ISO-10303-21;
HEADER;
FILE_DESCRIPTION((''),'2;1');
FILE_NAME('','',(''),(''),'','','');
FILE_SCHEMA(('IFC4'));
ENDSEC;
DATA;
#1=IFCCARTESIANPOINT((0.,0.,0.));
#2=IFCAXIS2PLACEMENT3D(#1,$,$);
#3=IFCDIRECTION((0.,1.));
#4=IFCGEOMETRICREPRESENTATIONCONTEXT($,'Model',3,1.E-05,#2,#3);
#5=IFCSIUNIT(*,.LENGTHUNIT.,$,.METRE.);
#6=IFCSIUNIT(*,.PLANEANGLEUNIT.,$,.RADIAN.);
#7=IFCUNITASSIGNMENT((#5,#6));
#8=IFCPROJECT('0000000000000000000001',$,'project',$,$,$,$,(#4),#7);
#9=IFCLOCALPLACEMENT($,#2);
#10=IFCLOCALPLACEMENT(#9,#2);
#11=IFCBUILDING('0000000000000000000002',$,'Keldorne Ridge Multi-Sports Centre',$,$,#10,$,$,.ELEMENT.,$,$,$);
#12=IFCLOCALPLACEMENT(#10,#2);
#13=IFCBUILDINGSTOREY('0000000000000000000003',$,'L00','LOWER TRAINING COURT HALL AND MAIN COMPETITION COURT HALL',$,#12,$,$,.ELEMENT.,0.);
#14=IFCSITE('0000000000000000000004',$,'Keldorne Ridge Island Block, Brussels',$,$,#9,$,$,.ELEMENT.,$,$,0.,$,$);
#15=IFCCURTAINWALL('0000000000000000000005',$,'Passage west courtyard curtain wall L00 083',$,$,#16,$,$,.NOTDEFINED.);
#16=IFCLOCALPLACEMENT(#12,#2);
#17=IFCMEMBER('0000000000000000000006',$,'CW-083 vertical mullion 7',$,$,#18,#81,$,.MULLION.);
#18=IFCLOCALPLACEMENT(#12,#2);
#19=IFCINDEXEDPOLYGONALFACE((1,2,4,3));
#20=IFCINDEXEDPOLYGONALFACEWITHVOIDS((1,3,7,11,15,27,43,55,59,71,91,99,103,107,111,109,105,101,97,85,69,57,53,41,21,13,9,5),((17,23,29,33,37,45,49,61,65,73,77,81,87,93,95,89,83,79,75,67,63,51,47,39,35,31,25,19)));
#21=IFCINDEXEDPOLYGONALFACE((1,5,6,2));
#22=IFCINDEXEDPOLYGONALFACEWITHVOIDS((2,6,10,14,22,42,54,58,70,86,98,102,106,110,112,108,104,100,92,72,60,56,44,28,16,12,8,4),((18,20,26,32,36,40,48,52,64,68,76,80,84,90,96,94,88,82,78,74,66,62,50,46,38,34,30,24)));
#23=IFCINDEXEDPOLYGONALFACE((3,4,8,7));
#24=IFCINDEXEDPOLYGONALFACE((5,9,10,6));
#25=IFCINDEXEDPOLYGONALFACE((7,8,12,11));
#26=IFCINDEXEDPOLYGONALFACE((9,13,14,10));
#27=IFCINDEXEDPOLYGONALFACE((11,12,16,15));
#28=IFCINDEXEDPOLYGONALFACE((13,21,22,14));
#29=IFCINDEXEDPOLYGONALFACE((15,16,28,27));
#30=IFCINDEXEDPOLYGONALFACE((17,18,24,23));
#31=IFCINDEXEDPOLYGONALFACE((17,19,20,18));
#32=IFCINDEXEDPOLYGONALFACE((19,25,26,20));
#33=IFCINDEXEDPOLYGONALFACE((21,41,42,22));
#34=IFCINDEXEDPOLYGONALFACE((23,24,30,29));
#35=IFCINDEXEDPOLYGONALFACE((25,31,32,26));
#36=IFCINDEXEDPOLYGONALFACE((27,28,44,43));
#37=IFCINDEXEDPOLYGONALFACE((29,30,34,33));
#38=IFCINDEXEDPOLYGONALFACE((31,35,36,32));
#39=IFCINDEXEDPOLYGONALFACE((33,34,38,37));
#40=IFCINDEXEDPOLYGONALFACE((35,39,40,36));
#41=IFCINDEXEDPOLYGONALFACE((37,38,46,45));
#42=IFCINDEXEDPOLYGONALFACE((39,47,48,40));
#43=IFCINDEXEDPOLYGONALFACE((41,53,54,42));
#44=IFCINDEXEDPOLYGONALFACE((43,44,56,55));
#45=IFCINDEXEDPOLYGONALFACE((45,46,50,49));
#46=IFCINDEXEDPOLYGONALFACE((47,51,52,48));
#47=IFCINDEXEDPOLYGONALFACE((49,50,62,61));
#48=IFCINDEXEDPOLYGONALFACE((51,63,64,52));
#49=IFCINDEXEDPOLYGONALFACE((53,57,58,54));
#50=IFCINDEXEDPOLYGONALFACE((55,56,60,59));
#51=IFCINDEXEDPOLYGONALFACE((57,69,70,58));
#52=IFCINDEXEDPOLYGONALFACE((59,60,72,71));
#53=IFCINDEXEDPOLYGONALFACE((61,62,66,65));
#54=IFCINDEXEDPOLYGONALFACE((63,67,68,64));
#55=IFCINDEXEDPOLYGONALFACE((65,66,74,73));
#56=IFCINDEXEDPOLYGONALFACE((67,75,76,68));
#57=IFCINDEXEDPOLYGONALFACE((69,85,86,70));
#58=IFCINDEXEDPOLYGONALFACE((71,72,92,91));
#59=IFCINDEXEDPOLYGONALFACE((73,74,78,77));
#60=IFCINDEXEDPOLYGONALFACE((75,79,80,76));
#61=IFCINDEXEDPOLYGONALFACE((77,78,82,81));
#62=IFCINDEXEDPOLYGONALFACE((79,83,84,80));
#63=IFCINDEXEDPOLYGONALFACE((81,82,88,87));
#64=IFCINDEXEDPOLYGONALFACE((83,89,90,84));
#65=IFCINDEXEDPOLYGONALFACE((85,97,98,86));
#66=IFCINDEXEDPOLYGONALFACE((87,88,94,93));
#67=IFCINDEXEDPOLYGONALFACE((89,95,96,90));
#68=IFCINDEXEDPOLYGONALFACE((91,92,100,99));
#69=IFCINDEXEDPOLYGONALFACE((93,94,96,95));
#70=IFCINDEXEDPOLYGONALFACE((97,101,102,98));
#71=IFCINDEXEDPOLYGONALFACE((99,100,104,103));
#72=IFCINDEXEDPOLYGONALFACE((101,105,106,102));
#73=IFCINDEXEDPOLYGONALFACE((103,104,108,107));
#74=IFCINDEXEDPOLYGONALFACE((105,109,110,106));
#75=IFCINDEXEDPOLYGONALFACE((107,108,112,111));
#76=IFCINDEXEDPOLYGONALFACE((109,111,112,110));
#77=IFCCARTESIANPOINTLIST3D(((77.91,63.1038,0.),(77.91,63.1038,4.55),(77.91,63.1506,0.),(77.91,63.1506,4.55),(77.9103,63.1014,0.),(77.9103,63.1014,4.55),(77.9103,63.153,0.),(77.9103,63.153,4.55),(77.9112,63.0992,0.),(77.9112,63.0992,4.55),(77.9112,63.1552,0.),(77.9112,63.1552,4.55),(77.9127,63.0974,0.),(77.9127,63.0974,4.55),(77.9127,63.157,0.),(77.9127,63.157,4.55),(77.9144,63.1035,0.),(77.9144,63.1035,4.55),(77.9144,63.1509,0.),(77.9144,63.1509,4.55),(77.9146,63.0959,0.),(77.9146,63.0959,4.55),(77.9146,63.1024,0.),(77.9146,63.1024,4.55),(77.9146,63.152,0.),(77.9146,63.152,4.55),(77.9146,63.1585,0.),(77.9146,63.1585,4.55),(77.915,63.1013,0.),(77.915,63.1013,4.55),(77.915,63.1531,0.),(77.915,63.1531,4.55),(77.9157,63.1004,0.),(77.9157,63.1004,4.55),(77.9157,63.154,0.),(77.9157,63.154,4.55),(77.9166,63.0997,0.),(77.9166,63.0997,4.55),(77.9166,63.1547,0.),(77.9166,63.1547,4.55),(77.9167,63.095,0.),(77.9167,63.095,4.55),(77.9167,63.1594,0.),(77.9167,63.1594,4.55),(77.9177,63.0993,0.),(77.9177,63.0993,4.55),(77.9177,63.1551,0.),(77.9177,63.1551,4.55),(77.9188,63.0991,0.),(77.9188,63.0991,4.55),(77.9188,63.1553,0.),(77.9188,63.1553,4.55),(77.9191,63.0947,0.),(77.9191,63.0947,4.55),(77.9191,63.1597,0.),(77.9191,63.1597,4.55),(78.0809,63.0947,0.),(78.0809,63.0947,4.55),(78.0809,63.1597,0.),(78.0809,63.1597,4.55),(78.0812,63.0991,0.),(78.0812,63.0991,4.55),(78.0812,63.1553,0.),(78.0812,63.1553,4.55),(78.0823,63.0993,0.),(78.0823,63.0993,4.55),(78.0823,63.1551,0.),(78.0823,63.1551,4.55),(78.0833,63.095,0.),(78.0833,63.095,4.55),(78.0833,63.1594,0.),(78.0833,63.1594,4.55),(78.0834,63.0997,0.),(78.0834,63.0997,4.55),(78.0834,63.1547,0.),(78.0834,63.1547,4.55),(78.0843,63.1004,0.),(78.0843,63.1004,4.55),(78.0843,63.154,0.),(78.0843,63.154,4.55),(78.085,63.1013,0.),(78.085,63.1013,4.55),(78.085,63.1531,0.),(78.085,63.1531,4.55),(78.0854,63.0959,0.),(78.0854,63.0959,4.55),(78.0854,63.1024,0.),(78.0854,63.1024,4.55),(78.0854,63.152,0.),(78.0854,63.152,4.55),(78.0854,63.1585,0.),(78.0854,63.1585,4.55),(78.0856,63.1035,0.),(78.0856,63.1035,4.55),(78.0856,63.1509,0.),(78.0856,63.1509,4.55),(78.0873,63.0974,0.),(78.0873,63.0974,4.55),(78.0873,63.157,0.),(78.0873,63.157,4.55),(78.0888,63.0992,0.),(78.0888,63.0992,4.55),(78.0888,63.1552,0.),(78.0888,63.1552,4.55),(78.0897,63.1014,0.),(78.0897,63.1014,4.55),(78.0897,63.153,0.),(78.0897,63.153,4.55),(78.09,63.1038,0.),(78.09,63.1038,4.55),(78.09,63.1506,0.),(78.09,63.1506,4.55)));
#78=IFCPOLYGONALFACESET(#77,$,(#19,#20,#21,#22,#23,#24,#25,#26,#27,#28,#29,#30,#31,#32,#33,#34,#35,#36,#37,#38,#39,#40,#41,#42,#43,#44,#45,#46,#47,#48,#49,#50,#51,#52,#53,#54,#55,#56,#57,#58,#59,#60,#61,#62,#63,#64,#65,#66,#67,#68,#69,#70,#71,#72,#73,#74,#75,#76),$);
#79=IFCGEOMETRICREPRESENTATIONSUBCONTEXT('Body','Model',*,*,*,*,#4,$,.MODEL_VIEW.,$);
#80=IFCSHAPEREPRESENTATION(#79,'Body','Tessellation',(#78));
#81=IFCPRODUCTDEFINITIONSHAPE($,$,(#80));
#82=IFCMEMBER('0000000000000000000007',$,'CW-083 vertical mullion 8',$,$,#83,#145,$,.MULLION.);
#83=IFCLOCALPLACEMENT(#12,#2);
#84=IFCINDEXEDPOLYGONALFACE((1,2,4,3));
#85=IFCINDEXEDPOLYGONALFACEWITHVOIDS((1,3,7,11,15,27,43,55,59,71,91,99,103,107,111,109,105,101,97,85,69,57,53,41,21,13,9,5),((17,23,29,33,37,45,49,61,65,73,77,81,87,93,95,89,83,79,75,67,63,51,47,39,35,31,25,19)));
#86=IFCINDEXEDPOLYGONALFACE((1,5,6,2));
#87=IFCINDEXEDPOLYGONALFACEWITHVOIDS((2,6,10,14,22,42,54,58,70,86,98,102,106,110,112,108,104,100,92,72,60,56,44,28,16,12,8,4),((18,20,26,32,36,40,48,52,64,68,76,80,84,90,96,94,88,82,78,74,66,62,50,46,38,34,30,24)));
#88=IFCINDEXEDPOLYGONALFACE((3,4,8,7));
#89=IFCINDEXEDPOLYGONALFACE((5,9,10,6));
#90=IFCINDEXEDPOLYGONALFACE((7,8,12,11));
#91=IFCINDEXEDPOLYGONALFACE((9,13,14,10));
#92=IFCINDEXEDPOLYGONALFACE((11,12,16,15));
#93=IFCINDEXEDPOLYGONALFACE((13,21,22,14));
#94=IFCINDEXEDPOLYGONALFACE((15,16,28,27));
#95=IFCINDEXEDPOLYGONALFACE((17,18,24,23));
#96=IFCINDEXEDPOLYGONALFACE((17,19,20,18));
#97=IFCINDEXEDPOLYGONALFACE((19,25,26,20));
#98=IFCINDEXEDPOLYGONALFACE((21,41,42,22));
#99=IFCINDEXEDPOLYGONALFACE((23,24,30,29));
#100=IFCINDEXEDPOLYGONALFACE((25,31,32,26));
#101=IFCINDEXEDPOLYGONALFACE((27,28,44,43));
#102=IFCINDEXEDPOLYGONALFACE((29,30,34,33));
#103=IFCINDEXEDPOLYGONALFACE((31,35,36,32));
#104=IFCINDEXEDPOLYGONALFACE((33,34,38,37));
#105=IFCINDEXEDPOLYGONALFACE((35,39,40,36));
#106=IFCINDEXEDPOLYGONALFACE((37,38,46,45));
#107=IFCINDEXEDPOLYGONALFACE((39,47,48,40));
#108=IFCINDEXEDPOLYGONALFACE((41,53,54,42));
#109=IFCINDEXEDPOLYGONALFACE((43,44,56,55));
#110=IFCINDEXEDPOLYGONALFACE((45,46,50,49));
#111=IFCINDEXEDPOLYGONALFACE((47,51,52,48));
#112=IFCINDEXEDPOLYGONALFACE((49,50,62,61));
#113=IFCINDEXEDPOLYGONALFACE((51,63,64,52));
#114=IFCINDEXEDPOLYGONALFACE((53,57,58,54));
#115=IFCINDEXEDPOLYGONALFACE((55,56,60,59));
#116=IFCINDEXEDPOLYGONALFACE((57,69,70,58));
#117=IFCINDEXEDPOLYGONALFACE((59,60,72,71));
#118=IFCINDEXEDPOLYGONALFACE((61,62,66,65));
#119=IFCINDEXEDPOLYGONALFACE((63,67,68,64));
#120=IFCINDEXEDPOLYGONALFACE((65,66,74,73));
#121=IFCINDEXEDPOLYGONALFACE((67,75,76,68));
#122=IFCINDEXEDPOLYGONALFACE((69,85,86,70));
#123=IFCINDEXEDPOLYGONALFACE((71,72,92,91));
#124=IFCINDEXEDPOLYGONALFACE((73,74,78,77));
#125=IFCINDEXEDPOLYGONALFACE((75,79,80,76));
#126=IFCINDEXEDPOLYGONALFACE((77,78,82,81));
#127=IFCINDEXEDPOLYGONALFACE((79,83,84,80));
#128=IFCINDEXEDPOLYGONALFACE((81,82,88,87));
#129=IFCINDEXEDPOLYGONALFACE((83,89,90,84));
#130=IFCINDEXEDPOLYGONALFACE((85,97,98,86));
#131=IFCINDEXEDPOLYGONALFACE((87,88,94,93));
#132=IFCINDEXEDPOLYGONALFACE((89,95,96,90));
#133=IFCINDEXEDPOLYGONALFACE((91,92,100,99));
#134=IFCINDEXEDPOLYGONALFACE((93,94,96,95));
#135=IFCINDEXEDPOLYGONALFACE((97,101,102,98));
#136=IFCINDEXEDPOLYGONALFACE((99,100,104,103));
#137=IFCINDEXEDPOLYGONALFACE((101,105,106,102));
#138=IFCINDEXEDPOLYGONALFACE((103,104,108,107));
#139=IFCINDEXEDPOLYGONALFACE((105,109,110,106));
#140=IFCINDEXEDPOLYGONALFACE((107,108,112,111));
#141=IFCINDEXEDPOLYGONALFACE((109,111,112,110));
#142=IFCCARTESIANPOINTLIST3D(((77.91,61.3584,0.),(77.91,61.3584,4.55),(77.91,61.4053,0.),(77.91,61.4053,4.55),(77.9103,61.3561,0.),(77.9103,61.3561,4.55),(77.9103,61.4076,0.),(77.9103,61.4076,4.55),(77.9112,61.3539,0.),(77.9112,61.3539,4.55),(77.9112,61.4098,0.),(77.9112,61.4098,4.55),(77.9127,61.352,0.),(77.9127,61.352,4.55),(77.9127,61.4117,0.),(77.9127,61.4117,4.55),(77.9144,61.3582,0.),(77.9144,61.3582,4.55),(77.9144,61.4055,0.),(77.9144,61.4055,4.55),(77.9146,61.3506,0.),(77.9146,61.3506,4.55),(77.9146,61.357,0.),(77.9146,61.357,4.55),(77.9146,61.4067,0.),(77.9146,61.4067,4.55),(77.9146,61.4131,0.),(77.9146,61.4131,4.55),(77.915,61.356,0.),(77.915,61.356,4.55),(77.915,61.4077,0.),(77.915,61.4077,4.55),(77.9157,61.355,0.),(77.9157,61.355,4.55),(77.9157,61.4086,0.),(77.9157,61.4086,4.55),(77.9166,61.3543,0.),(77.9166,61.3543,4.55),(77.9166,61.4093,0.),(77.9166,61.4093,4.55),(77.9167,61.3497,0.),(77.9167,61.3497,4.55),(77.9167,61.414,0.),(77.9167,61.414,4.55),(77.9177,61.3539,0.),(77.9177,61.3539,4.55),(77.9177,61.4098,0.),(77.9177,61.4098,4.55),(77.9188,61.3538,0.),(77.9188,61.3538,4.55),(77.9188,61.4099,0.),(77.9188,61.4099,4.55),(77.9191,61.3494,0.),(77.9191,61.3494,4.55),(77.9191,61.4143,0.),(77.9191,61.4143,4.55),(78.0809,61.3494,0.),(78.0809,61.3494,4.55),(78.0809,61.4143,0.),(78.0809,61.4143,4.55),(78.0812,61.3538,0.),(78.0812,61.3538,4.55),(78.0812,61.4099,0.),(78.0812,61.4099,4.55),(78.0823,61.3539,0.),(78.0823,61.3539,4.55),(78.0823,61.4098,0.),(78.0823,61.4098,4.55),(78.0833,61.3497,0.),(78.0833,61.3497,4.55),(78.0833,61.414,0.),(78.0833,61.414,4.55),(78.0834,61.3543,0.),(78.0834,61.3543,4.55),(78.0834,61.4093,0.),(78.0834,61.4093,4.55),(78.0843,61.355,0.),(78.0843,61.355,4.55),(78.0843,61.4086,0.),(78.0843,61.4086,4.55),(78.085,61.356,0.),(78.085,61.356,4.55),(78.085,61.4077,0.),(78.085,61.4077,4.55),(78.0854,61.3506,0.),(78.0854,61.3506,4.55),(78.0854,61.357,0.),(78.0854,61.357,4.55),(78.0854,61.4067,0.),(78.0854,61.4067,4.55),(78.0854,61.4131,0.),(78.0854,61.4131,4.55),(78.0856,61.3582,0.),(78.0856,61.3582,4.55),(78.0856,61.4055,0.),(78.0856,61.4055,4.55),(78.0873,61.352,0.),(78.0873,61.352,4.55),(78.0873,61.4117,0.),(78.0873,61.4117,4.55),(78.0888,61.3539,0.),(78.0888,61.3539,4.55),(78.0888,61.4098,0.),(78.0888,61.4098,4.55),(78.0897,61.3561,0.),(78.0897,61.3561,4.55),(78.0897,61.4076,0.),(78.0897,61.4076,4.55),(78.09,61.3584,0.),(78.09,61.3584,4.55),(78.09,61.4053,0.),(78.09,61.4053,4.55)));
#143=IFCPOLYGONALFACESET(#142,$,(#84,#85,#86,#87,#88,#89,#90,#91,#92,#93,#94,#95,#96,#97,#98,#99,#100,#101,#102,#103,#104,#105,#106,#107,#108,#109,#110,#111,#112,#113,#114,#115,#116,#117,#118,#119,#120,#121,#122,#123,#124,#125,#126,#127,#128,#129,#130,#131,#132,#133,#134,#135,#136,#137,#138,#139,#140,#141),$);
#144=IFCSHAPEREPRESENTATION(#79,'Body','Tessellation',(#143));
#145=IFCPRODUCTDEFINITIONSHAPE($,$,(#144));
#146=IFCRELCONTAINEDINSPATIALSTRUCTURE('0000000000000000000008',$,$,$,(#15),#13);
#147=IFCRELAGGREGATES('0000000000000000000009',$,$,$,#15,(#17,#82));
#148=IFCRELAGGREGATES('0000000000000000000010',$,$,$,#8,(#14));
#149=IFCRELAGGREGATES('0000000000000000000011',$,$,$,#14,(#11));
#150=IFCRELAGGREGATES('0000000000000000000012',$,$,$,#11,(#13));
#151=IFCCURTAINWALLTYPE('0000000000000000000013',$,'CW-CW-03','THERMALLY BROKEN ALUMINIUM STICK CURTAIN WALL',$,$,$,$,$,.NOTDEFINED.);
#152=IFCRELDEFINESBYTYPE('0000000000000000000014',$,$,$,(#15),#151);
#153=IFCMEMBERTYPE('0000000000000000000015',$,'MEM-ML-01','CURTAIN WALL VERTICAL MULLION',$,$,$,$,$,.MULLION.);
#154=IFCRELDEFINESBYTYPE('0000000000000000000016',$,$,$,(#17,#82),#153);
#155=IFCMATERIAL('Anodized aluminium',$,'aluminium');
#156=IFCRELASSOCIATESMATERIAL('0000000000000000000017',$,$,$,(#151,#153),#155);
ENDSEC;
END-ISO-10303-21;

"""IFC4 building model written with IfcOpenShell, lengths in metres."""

from ifc_helpers import new_model, si_unit, direction, frame, origin, origin_2d, place, context, subcontext, project, spatial, hollow_rectangle, extrude, material, material_profile, profile_set, type_object, element, aggregate, save


model = new_model("IFC4")

# Units and contexts
model_context = context("Model", 3, precision=1e-05, world=origin(), true_north=direction((0.0, 1.0)))
body_context = subcontext(model_context, "Body", "Model", "MODEL_VIEW")
ifc_project = project(units=[si_unit("LENGTHUNIT", "METRE"), si_unit("PLANEANGLEUNIT", "RADIAN")], contexts=[model_context])

# Site, building, storey
site_placement = place(None, origin())
site = spatial("IfcSite", under=ifc_project, at=site_placement, Name="Keldorne Ridge Island Block, Brussels", CompositionType="ELEMENT", RefElevation=0.0)
building_placement = place(site_placement, origin())
building = spatial("IfcBuilding", under=site, at=building_placement, Name="Keldorne Ridge Multi-Sports Centre", CompositionType="ELEMENT")
storey_placement = place(building_placement, origin())
storey = spatial("IfcBuildingStorey", under=building, at=storey_placement, Name="L00", Description="LOWER TRAINING COURT HALL AND MAIN COMPETITION COURT HALL", CompositionType="ELEMENT", Elevation=0.0)

# Curtain wall, members
ifc_material_1 = material(Name="Anodized aluminium", Category="aluminium")
curtain_wall_type = type_object("IfcCurtainWallType", Name="CW-CW-03", Description="THERMALLY BROKEN ALUMINIUM STICK CURTAIN WALL", PredefinedType="NOTDEFINED", material=ifc_material_1)
curtain_wall_placement = place(storey_placement, origin())
curtain_wall = element("IfcCurtainWall", 1, at=curtain_wall_placement, inside=storey, type_object=curtain_wall_type, Name="Passage west courtyard curtain wall L00 083", PredefinedType="NOTDEFINED")
ifc_material_profile_1 = material_profile(ifc_material_1, hollow_rectangle(XDim=0.0649, YDim=0.1799, WallThickness=0.0044, InnerFilletRadius=0.0044, OuterFilletRadius=0.009, at=origin_2d()), Name="ALU MULLION 180x65x4.5")
ifc_profile_set_1 = profile_set([ifc_material_profile_1], Name="Anodized aluminium")
member_type_1 = type_object("IfcMemberType", Name="MEM-ML-01", Description="CURTAIN WALL VERTICAL MULLION", PredefinedType="MULLION", material=ifc_profile_set_1)
member_1_placement = place(storey_placement, frame((78.0, 63.1272, 0.0), z_axis=(0.0, 0.0, 1.0), x_axis=(0.0, 1.0, 0.0)))
member_1 = element("IfcMember", 2, at=member_1_placement, type_object=member_type_1, Name="CW-083 vertical mullion 7", PredefinedType="MULLION", context=body_context, shape_type="SweptSolid", body=[
    extrude(hollow_rectangle(XDim=0.0649, YDim=0.1799, WallThickness=0.0044, InnerFilletRadius=0.0044, OuterFilletRadius=0.009, at=origin_2d()), origin(), (0.0, 0.0, 1.0), 4.55),
])
member_2_placement = place(storey_placement, frame((78.0, 61.3818, 0.0), z_axis=(0.0, 0.0, 1.0), x_axis=(0.0, 1.0, 0.0)))
member_2 = element("IfcMember", 3, at=member_2_placement, type_object=member_type_1, Name="CW-083 vertical mullion 8", PredefinedType="MULLION", context=body_context, shape_type="SweptSolid", body=[
    extrude(hollow_rectangle(XDim=0.0649, YDim=0.1799, WallThickness=0.0044, InnerFilletRadius=0.0044, OuterFilletRadius=0.009, at=origin_2d()), origin(), (0.0, 0.0, 1.0), 4.55),
])
aggregate(curtain_wall, [member_1, member_2])

save(model, "model.ifc")
